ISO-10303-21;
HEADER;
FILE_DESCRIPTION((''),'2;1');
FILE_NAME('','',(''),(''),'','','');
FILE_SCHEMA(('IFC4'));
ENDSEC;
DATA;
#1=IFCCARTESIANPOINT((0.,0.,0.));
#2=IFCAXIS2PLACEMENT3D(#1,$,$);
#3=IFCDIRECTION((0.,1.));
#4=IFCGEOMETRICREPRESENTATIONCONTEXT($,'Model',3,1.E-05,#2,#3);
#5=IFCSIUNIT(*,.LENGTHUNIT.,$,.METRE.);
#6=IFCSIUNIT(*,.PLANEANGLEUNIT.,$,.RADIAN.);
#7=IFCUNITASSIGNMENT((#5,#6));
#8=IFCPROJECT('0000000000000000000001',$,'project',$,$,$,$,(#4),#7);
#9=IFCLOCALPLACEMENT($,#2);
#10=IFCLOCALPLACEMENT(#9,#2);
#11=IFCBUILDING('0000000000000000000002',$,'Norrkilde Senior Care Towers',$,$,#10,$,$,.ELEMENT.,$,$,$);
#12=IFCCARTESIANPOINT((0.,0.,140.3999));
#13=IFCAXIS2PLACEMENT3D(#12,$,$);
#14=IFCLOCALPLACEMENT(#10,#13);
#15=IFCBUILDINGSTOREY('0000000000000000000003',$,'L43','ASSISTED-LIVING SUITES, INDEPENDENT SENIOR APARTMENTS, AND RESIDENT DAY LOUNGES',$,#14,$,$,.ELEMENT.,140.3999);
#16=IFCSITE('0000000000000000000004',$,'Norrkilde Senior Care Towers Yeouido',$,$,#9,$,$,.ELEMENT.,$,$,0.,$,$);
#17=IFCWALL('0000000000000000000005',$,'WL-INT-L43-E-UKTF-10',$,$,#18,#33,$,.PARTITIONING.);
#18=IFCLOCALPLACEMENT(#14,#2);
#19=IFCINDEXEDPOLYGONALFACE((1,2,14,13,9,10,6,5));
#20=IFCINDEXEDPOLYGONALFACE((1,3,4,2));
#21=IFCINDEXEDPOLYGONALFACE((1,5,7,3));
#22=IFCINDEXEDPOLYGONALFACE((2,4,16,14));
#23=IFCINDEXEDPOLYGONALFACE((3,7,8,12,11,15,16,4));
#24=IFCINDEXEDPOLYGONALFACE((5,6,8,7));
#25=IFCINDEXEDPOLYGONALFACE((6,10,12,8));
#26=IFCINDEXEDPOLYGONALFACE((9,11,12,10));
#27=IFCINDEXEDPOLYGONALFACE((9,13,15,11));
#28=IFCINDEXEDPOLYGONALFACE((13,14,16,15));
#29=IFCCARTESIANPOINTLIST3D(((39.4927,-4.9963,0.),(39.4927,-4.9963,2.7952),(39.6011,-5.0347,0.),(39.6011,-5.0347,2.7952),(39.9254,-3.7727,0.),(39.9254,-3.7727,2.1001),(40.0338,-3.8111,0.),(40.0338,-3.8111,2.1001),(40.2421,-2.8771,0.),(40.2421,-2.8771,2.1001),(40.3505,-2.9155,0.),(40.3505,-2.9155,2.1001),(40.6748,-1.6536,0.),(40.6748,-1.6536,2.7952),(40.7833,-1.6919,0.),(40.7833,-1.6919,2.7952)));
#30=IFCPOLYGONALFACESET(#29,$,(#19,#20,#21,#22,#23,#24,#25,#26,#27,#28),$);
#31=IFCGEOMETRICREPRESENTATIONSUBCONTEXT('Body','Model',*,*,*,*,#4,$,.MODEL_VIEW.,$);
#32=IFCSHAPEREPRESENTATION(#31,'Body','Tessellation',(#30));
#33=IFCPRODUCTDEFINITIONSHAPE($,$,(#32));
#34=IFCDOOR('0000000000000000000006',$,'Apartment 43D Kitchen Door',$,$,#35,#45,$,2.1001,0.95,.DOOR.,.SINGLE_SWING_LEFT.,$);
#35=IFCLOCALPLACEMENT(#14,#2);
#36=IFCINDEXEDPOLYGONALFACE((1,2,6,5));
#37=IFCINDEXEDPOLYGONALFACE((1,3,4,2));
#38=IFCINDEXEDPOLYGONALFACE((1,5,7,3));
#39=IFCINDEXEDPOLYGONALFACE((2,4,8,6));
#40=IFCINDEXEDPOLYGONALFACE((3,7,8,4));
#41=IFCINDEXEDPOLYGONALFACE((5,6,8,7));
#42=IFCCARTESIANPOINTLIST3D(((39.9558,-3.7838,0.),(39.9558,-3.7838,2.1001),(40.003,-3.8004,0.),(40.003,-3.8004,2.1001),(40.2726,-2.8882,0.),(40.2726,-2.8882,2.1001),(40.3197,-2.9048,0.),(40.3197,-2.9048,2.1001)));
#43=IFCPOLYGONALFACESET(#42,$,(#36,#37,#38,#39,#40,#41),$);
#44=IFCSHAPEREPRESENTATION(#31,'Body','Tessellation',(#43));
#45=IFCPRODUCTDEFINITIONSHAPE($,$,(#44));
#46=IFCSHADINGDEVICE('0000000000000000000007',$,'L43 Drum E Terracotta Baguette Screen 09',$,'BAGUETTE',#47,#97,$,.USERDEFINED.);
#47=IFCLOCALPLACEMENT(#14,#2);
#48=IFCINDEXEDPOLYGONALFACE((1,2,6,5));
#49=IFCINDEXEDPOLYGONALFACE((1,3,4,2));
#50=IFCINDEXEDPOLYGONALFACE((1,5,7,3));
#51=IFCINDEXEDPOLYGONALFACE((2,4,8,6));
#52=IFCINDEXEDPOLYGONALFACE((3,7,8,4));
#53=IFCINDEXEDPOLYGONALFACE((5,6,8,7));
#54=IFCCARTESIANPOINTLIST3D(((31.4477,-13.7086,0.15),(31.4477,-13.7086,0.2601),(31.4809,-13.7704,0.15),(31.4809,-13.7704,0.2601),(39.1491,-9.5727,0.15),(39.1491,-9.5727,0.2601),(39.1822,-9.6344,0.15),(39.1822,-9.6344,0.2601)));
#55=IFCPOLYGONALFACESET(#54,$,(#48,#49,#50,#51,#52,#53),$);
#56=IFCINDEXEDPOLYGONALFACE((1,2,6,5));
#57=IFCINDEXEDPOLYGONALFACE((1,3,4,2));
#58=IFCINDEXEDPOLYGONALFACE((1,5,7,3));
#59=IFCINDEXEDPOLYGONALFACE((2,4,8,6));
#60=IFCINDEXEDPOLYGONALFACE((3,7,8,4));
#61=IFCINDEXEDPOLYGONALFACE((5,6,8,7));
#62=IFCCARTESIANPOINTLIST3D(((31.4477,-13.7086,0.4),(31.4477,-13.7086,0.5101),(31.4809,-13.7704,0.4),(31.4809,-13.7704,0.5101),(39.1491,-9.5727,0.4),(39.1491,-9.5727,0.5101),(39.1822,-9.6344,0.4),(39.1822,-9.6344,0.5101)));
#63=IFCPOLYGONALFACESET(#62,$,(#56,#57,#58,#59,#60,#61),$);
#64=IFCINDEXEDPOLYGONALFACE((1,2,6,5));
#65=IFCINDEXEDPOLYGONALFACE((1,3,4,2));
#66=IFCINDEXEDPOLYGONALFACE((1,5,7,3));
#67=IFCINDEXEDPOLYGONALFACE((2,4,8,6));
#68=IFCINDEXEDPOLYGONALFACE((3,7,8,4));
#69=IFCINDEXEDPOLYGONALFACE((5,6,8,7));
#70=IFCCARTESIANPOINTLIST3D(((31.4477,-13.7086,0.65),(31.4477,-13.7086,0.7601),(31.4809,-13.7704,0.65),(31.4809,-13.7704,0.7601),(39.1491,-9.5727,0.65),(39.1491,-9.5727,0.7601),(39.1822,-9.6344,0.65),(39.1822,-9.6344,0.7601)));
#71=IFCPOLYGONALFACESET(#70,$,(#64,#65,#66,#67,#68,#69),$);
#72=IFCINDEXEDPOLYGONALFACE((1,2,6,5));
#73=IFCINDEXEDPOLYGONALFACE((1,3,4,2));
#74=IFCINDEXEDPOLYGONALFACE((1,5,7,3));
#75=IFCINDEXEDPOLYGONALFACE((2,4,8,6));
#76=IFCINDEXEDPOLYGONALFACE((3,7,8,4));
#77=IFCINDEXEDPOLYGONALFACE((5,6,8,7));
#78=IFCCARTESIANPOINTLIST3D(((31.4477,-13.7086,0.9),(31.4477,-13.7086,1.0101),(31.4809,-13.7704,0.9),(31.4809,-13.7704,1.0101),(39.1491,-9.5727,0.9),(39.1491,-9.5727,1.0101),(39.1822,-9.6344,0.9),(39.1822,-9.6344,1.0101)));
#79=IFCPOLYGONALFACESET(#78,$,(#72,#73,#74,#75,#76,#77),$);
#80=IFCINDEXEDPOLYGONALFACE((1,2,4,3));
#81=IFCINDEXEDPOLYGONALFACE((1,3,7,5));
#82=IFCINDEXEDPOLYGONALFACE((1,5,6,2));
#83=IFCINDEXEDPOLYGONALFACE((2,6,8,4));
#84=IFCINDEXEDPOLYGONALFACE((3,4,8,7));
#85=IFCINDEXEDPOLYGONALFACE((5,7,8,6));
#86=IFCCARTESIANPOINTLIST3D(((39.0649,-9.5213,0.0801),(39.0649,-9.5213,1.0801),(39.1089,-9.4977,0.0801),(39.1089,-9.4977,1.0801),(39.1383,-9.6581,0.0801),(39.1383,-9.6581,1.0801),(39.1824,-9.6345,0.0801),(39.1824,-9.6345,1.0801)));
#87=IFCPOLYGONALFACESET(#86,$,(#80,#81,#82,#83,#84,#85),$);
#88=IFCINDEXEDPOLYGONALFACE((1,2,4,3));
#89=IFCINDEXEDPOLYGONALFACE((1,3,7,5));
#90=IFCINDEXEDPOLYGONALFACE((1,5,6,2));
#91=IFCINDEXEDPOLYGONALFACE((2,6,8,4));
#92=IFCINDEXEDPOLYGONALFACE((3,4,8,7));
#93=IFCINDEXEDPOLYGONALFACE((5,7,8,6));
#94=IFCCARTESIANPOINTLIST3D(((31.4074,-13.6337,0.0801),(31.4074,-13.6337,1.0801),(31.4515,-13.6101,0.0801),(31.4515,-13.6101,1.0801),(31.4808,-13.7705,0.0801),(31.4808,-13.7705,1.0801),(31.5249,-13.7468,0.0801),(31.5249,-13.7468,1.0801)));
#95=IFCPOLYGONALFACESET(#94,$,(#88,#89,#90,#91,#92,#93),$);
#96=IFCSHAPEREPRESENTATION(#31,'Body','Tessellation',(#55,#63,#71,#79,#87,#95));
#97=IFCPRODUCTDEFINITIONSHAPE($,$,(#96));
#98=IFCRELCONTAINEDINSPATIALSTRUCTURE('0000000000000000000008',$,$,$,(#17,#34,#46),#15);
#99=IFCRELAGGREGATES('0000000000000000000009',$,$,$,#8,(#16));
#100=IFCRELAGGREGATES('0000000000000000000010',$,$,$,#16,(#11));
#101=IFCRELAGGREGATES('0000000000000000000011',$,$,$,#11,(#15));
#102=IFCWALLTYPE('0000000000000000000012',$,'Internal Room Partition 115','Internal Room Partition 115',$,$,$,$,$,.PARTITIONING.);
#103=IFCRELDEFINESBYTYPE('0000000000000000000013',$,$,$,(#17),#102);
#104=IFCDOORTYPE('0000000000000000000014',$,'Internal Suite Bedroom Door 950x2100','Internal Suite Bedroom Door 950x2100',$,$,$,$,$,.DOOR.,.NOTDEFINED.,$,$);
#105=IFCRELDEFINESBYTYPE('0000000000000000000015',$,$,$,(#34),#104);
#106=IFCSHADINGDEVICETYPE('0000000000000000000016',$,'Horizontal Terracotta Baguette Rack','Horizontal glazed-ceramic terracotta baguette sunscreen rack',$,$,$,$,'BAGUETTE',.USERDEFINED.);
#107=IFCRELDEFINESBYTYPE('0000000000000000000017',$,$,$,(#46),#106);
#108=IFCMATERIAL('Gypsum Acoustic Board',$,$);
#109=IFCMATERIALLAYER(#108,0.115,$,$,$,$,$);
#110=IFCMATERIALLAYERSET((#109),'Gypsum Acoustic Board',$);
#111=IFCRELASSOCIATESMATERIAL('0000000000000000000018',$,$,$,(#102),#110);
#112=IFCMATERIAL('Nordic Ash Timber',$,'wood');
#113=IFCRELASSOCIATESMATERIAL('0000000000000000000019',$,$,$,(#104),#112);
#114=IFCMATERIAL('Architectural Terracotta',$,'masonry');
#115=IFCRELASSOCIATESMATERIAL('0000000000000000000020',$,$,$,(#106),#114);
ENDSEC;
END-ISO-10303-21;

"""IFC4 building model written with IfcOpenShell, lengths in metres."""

from ifc_helpers import new_model, si_unit, direction, frame, frame_2d, origin, origin_2d, place, context, subcontext, project, spatial, rectangle, extrude, source, transform, mapped, material, layer, layer_set, type_object, type_shapes, element, fill, save


model = new_model("IFC4")

# Units and contexts
model_context = context("Model", 3, precision=1e-05, world=origin(), true_north=direction((0.0, 1.0)))
body_context = subcontext(model_context, "Body", "Model", "MODEL_VIEW")
ifc_project = project(units=[si_unit("LENGTHUNIT", "METRE"), si_unit("PLANEANGLEUNIT", "RADIAN")], contexts=[model_context])

# Site, building, storey
site_placement = place(None, origin())
site = spatial("IfcSite", under=ifc_project, at=site_placement, Name="Norrkilde Senior Care Towers Yeouido", CompositionType="ELEMENT", RefElevation=0.0)
building_placement = place(site_placement, origin())
building = spatial("IfcBuilding", under=site, at=building_placement, Name="Norrkilde Senior Care Towers", CompositionType="ELEMENT")
storey_placement = place(building_placement, frame((0.0, 0.0, 140.3999)))
storey = spatial("IfcBuildingStorey", under=building, at=storey_placement, Name="L43", Description="ASSISTED-LIVING SUITES, INDEPENDENT SENIOR APARTMENTS, AND RESIDENT DAY LOUNGES", CompositionType="ELEMENT", Elevation=140.3999)

# Shared definitions
ifc_material_1 = material(Name="Gypsum Acoustic Board")
ifc_material_2 = material(Name="Nordic Ash Timber", Category="wood")

# Shared definitions
ifc_layer_1 = layer(ifc_material_1, 0.115)
ifc_layer_set_1 = layer_set([ifc_layer_1], Name="Gypsum Acoustic Board")
wall_type_1 = type_object("IfcWallType", Name="Internal Room Partition 115", Description="Internal Room Partition 115", PredefinedType="PARTITIONING", material=ifc_layer_set_1)
door_type_1 = type_object("IfcDoorType", Name="Internal Suite Bedroom Door 950x2100", Description="Internal Suite Bedroom Door 950x2100", OperationType="NOTDEFINED", PredefinedType="DOOR", material=ifc_material_2)
shared_shape_1 = source(origin(), body_context, "Body", "SweptSolid", [
    extrude(rectangle(XDim=0.95, YDim=2.1001, at=frame_2d((0.4751, 1.05))), frame((0.0, 0.0249, 0.0), z_axis=(0.0, -1.0, 0.0), x_axis=(1.0, 0.0, 0.0)), (0.0, 0.0, 1.0), 0.05),
])
type_shapes(door_type_1, [shared_shape_1])

# Wall, opening, door
shared_shape_2 = source(origin(), body_context, "Body", "SweptSolid", [
    extrude(rectangle(XDim=3.5457, YDim=0.115, at=frame_2d((1.7729, 0.0))), origin(), (0.0, 0.0, 1.0), 2.7952),
])
wall_1_placement = place(storey_placement, frame((39.5469, -5.0156, 0.0), z_axis=(0.0, 0.0, 1.0), x_axis=(0.333404, 0.942784, 0.0)))
wall_1 = element("IfcWall", 1, at=wall_1_placement, inside=storey, type_object=wall_type_1, Name="WL-INT-L43-E-UKTF-10", PredefinedType="PARTITIONING", context=body_context, shape_type="MappedRepresentation", body=[
    mapped(shared_shape_2, transform((0.0, 0.0, 0.0), x_axis=(1.0, 0.0, 0.0), y_axis=(0.0, 1.0, 0.0), z_axis=(0.0, 0.0, 1.0), scale=1.0)),
])
opening_1_placement = place(wall_1_placement, frame((1.2979, 0.0, 0.0)))
opening_1 = element("IfcOpeningElement", 2, at=opening_1_placement, cuts=wall_1, PredefinedType="OPENING", context=body_context, shape_type="SweptSolid", body=[
    extrude(rectangle(XDim=0.95, YDim=2.1001, at=frame_2d((0.4751, 1.05))), frame((0.0, 0.0674, 0.0), z_axis=(0.0, -1.0, 0.0), x_axis=(1.0, 0.0, 0.0)), (0.0, 0.0, 1.0), 0.135),
])
door_1_placement = place(opening_1_placement, frame((0.95, 0.0, 0.0), z_axis=(0.0, 0.0, 1.0), x_axis=(-1.0, 0.0, 0.0)))
door_1 = element("IfcDoor", 3, at=door_1_placement, inside=storey, type_object=door_type_1, Name="Apartment 43D Kitchen Door", OperationType="SINGLE_SWING_LEFT", OverallHeight=2.1001, OverallWidth=0.95, PredefinedType="DOOR", context=body_context, shape_type="MappedRepresentation", body=[
    mapped(shared_shape_1, transform((0.0, 0.0, 0.0), x_axis=(1.0, 0.0, 0.0), y_axis=(0.0, 1.0, 0.0), z_axis=(0.0, 0.0, 1.0), scale=1.0)),
])
fill(opening_1, door_1)

# Shading device
ifc_material_3 = material(Name="Architectural Terracotta", Category="masonry")
shading_device_type = type_object("IfcShadingDeviceType", Name="Horizontal Terracotta Baguette Rack", Description="Horizontal glazed-ceramic terracotta baguette sunscreen rack", ElementType="BAGUETTE", PredefinedType="USERDEFINED", material=ifc_material_3)
shared_shape_3 = source(origin(), body_context, "Body", "SweptSolid", [
    extrude(rectangle(XDim=0.0701, YDim=0.1101, at=origin_2d()), frame((0.0, 0.0901, 0.125), z_axis=(1.0, 0.0, 0.0), x_axis=(0.0, 1.0, 0.0)), (0.0, 0.0, 1.0), 8.7417),
    extrude(rectangle(XDim=0.0701, YDim=0.1101, at=origin_2d()), frame((0.0, 0.0901, 0.375), z_axis=(1.0, 0.0, 0.0), x_axis=(0.0, 1.0, 0.0)), (0.0, 0.0, 1.0), 8.7417),
    extrude(rectangle(XDim=0.0701, YDim=0.1101, at=origin_2d()), frame((0.0, 0.0901, 0.625), z_axis=(1.0, 0.0, 0.0), x_axis=(0.0, 1.0, 0.0)), (0.0, 0.0, 1.0), 8.7417),
    extrude(rectangle(XDim=0.0701, YDim=0.1101, at=origin_2d()), frame((0.0, 0.0901, 0.875), z_axis=(1.0, 0.0, 0.0), x_axis=(0.0, 1.0, 0.0)), (0.0, 0.0, 1.0), 8.7417),
    extrude(rectangle(XDim=0.05, YDim=0.1553, at=origin_2d()), frame((0.0249, 0.0476, 0.0)), (0.0, 0.0, 1.0), 1.0),
    extrude(rectangle(XDim=0.05, YDim=0.1553, at=origin_2d()), frame((8.7168, 0.0476, 0.0)), (0.0, 0.0, 1.0), 1.0),
])
type_shapes(shading_device_type, [shared_shape_3])
shading_device_placement = place(storey_placement, frame((39.123, -9.5242, 0.0801), z_axis=(0.0, 0.0, 1.0), x_axis=(-0.880998, -0.473133, 0.0)))
element("IfcShadingDevice", 4, at=shading_device_placement, inside=storey, type_object=shading_device_type, Name="L43 Drum E Terracotta Baguette Screen 09", ObjectType="BAGUETTE", PredefinedType="USERDEFINED", context=body_context, shape_type="MappedRepresentation", body=[
    mapped(shared_shape_3, transform((0.0, 0.0, 0.0), x_axis=(1.0, 0.0, 0.0), y_axis=(0.0, 1.0, 0.0), z_axis=(0.0, 0.0, 1.0), scale=1.0)),
])

save(model, "model.ifc")
